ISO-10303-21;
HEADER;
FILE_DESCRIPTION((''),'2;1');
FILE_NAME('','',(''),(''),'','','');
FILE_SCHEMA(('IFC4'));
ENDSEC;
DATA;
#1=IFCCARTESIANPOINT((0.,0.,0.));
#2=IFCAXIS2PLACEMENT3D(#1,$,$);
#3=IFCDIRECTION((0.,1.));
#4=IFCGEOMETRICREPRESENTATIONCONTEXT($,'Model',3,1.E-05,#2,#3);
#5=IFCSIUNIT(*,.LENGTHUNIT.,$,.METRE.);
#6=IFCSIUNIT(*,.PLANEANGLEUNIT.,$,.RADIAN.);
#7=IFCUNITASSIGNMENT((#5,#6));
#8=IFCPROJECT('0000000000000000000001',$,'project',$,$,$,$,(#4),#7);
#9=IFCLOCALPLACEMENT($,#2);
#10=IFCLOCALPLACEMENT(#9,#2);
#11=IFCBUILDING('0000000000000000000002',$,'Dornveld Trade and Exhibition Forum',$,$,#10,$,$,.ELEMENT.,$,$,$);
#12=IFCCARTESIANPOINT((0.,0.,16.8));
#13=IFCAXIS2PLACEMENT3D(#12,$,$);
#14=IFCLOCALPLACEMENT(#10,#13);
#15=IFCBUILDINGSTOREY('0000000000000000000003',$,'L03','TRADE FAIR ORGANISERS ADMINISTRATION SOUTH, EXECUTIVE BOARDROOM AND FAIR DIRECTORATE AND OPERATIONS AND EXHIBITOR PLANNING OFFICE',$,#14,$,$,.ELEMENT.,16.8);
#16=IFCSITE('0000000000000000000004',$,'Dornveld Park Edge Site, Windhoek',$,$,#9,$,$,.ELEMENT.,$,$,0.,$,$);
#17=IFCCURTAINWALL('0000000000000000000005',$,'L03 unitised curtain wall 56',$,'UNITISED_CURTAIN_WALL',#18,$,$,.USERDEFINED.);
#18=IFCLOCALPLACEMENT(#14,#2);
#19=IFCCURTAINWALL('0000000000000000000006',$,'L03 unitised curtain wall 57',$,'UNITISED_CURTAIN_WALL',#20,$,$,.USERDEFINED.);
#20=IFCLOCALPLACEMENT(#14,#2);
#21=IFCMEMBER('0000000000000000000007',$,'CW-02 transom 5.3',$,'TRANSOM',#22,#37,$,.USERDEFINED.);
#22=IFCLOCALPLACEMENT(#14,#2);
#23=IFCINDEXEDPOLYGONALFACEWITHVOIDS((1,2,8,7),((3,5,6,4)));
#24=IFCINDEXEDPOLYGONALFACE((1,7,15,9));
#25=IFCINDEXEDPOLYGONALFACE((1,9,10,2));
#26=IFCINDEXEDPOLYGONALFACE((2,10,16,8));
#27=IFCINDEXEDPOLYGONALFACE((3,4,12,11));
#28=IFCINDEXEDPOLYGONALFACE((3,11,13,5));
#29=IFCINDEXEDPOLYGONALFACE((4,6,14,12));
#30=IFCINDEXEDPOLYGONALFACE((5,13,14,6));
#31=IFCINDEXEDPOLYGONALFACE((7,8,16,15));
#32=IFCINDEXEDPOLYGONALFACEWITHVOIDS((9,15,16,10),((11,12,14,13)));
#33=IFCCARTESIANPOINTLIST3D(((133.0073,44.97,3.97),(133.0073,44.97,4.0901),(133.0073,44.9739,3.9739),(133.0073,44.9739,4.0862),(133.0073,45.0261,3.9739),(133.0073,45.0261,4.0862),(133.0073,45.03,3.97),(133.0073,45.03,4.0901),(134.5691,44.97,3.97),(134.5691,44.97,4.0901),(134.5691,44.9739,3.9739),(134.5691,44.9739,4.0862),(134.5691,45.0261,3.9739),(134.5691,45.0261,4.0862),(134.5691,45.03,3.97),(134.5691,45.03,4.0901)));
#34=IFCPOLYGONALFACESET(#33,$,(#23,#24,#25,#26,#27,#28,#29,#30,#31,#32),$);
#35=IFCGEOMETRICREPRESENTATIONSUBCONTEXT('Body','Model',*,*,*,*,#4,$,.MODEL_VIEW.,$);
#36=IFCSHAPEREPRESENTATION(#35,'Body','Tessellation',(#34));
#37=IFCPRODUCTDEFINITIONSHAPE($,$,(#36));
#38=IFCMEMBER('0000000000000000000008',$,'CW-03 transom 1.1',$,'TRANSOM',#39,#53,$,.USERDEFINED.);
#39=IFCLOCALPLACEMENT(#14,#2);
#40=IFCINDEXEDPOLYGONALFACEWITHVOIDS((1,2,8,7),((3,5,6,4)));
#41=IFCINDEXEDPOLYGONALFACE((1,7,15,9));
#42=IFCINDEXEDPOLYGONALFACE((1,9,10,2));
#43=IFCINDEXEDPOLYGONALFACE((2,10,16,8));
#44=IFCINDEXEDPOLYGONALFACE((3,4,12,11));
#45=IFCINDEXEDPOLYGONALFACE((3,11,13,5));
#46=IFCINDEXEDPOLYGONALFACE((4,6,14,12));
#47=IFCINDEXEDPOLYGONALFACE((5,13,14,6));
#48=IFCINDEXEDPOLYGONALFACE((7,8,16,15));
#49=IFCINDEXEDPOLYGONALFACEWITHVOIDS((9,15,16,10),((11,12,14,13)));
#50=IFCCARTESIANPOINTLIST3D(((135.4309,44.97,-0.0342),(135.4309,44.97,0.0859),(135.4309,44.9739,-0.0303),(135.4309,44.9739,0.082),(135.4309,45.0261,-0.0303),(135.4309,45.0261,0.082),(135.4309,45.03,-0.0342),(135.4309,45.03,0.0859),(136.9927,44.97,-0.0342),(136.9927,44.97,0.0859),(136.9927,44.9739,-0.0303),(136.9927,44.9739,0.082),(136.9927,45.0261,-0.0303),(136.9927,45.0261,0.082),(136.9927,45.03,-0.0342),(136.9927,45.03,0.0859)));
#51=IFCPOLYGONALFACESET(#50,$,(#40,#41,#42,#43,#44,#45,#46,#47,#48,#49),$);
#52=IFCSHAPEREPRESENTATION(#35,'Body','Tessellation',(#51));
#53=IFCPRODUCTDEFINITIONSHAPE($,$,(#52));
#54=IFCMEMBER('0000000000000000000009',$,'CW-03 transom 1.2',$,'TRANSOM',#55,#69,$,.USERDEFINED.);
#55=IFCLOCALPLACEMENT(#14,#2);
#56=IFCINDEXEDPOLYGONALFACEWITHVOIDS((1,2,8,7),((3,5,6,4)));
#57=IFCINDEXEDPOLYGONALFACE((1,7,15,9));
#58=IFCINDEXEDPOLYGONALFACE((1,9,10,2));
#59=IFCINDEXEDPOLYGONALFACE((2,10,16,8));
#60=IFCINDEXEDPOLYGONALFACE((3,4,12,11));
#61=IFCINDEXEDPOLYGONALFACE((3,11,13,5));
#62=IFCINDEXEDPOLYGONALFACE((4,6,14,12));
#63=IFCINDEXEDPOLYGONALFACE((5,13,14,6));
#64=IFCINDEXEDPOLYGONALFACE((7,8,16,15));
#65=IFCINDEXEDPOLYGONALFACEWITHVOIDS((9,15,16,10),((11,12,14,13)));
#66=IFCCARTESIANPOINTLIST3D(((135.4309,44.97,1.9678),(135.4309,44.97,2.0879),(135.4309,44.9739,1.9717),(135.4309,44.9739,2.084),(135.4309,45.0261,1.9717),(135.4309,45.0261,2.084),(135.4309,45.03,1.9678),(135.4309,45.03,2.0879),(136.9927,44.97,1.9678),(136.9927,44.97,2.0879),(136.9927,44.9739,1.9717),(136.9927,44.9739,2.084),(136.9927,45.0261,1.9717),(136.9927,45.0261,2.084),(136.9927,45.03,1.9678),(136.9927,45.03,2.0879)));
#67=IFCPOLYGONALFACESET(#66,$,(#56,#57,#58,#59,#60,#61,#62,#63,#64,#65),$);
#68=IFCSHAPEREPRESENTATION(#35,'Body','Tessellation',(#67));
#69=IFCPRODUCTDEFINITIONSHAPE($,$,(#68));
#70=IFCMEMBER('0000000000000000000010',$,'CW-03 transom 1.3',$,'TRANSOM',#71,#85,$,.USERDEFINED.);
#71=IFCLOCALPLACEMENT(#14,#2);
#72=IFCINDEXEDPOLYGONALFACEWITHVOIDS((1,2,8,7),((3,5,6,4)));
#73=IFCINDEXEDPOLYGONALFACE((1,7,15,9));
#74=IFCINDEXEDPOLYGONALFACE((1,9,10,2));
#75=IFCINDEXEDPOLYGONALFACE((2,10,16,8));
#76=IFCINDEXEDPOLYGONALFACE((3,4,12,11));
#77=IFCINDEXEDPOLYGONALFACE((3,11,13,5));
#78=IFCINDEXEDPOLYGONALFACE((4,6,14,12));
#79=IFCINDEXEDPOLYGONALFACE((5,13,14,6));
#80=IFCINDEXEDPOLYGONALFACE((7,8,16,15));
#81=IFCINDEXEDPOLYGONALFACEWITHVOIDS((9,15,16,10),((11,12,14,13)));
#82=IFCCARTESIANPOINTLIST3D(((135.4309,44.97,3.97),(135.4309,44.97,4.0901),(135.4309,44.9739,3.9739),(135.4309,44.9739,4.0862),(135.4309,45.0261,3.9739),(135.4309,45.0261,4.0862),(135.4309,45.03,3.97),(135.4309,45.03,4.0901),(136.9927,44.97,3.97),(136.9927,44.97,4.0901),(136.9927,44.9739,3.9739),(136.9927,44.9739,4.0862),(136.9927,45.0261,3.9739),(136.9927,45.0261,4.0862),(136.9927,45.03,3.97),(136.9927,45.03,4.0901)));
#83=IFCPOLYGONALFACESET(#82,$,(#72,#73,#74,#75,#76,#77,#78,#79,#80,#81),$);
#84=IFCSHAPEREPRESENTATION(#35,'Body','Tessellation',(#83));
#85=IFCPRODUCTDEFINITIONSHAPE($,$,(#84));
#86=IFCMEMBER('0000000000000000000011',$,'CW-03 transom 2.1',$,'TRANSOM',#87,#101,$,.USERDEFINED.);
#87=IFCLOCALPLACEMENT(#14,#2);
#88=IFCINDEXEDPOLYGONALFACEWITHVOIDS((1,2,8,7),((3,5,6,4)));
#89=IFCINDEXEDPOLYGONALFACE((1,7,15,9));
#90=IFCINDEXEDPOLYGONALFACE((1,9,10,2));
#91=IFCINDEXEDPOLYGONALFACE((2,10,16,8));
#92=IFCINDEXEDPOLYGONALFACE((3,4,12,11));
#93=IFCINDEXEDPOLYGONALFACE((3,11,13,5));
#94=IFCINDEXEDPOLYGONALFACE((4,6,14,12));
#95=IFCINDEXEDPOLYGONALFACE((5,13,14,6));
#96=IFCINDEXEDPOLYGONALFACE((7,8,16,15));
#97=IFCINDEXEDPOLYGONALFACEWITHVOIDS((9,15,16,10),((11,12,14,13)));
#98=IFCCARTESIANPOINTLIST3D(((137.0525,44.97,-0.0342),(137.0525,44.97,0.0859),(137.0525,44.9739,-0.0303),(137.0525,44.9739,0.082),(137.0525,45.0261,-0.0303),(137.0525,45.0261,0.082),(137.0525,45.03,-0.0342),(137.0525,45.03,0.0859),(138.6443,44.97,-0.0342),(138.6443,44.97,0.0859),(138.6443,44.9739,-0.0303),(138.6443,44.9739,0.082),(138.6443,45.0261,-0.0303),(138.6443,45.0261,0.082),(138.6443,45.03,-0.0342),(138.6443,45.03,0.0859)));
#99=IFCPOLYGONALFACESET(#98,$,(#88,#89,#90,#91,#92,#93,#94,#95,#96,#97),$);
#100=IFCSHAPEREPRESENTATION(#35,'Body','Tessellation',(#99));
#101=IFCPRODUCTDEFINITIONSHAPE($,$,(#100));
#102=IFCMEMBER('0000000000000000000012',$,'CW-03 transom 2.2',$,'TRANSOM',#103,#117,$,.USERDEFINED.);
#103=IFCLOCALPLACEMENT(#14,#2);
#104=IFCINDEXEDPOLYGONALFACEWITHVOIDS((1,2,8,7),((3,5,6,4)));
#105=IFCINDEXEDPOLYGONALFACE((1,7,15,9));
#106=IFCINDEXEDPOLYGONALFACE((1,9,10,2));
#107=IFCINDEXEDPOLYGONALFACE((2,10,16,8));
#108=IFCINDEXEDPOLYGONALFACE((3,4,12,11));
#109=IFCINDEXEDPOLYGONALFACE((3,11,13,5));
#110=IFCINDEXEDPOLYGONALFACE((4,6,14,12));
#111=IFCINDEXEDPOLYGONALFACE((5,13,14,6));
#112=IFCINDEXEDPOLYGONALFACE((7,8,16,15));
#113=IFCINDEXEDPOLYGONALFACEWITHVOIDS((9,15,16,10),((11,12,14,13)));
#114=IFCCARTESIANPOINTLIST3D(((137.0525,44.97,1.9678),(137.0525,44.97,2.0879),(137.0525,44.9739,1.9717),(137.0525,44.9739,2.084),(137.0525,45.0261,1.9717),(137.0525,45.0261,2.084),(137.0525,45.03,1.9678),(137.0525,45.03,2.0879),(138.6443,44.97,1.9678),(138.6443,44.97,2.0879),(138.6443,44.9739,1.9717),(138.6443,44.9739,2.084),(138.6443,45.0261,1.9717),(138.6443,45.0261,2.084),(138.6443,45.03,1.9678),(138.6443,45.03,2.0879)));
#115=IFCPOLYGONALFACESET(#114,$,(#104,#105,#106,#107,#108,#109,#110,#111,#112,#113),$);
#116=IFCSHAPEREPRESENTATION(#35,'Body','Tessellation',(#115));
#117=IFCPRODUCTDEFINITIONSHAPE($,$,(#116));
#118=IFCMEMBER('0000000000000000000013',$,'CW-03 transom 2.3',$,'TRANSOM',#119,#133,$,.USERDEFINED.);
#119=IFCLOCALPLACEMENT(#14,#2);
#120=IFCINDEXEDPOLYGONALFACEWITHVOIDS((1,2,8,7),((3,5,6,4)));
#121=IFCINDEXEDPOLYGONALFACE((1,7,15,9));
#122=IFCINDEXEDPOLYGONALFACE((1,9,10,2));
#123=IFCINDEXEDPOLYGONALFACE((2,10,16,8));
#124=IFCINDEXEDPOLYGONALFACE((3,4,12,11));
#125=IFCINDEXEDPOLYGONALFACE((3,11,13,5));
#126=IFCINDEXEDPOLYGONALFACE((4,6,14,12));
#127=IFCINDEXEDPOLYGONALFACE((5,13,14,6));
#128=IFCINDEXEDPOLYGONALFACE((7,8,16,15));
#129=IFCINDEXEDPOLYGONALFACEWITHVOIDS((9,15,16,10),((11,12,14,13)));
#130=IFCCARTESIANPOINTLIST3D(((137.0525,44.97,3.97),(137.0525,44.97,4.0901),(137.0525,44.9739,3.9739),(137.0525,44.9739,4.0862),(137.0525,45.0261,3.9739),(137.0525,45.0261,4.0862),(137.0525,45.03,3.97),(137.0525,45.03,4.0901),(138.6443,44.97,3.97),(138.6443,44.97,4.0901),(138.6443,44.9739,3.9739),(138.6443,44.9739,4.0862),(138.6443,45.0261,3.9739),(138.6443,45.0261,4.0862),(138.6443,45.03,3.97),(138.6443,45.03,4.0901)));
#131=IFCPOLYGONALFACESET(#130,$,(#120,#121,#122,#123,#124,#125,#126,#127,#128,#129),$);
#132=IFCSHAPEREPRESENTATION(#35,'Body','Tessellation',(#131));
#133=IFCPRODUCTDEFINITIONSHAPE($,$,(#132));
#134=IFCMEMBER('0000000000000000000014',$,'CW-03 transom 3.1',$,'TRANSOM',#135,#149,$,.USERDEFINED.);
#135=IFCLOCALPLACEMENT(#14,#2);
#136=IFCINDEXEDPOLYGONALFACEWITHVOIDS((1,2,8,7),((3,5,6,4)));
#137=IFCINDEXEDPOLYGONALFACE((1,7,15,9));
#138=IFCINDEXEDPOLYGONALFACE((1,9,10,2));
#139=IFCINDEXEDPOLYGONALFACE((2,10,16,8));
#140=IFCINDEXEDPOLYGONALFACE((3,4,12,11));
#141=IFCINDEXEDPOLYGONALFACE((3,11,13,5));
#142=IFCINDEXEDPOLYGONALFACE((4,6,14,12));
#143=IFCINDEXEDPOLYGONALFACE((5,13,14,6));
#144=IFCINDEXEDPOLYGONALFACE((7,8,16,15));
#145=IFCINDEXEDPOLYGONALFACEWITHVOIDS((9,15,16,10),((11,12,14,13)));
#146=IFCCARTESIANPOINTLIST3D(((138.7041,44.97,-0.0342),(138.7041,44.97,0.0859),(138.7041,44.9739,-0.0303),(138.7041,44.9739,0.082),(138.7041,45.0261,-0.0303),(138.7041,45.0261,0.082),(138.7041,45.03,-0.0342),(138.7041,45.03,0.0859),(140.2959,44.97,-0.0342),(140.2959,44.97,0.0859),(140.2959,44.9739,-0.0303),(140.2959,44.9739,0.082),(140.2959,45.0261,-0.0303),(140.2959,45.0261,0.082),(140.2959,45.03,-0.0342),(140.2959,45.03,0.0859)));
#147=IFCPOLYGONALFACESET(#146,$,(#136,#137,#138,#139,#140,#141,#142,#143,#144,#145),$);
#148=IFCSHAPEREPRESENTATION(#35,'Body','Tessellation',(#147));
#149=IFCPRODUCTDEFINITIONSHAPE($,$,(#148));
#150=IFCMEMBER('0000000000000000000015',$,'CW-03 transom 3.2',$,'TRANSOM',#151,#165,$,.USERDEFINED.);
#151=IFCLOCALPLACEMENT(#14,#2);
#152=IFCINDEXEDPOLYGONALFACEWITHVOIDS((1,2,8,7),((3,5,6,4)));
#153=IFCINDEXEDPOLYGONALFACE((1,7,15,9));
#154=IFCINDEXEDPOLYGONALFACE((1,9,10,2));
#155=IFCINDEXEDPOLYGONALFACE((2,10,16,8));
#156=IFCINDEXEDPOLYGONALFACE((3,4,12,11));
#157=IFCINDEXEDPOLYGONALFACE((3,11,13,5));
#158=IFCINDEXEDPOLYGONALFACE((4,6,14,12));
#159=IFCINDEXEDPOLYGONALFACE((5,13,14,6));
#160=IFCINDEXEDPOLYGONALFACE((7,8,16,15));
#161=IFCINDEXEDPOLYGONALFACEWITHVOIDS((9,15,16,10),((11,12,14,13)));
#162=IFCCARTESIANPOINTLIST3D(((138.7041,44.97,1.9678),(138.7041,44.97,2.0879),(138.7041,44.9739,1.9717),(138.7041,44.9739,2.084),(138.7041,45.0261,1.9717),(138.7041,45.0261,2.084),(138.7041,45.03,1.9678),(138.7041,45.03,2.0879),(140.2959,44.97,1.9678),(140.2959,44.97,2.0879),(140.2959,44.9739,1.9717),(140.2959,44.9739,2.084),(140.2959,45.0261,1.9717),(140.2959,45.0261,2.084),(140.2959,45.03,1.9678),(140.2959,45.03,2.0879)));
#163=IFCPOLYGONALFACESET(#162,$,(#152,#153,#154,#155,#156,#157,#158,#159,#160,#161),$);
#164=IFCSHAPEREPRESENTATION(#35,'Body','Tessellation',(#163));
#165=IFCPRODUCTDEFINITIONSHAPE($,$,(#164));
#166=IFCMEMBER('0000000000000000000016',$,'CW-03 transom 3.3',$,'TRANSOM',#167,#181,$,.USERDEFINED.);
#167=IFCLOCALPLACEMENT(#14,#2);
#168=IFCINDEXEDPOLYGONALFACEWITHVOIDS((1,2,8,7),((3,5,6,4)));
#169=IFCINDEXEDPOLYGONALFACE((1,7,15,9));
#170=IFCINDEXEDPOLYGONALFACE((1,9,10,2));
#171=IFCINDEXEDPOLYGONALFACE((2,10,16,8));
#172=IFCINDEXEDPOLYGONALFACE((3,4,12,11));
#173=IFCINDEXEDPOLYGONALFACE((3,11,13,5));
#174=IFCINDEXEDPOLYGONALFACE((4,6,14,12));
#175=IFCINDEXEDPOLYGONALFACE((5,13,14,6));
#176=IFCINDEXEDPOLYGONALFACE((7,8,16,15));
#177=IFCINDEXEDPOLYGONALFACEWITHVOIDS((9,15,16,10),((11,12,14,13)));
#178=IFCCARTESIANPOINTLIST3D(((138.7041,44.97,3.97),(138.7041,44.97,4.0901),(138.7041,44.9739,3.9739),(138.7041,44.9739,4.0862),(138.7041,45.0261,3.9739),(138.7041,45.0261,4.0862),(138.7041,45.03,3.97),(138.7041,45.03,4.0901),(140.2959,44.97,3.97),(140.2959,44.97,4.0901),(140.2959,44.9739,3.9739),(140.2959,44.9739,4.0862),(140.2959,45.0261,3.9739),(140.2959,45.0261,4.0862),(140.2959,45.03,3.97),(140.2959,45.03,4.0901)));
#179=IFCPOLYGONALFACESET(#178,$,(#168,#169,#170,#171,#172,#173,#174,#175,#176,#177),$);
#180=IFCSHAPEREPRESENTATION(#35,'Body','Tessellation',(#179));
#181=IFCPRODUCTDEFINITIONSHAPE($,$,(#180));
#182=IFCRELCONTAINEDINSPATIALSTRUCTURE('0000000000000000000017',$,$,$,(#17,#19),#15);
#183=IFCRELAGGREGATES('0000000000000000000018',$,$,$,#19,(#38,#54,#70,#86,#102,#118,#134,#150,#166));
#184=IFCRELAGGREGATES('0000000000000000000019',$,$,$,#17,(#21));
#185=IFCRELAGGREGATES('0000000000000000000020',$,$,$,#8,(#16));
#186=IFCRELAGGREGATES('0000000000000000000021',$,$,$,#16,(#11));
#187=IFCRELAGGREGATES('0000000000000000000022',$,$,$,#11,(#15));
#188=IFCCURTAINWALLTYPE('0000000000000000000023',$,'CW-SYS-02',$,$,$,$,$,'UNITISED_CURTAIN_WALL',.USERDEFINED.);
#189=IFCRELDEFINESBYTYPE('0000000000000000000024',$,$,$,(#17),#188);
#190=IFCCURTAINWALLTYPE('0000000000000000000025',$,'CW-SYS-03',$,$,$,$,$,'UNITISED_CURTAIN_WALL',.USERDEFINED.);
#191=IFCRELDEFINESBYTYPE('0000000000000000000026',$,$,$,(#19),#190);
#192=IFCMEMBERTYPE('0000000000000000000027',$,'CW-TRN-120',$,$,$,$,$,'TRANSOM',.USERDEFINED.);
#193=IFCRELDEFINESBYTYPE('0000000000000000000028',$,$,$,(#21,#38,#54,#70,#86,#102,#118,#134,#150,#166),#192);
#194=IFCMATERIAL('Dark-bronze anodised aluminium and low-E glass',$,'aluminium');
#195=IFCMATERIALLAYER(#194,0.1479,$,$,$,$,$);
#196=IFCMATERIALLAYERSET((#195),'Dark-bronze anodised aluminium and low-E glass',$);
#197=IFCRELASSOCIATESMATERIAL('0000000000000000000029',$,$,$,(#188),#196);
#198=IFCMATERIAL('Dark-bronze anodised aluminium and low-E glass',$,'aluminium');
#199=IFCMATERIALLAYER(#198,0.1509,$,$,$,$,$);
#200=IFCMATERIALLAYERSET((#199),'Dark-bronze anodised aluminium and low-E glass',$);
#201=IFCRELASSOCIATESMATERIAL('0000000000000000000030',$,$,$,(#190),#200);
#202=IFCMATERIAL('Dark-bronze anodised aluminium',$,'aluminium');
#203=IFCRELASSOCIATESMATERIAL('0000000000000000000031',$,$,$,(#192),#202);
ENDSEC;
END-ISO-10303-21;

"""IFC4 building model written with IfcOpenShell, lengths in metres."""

from ifc_helpers import new_model, si_unit, direction, frame, origin, origin_2d, place, context, subcontext, project, spatial, hollow_rectangle, extrude, material, layer, layer_set, material_profile, profile_set, type_object, element, aggregate, save


model = new_model("IFC4")

# Units and contexts
model_context = context("Model", 3, precision=1e-05, world=origin(), true_north=direction((0.0, 1.0)))
body_context = subcontext(model_context, "Body", "Model", "MODEL_VIEW")
ifc_project = project(units=[si_unit("LENGTHUNIT", "METRE"), si_unit("PLANEANGLEUNIT", "RADIAN")], contexts=[model_context])

# Site, building, storey
site_placement = place(None, origin())
site = spatial("IfcSite", under=ifc_project, at=site_placement, Name="Dornveld Park Edge Site, Windhoek", CompositionType="ELEMENT", RefElevation=0.0)
building_placement = place(site_placement, origin())
building = spatial("IfcBuilding", under=site, at=building_placement, Name="Dornveld Trade and Exhibition Forum", CompositionType="ELEMENT")
storey_placement = place(building_placement, frame((0.0, 0.0, 16.8)))
storey = spatial("IfcBuildingStorey", under=building, at=storey_placement, Name="L03", Description="TRADE FAIR ORGANISERS ADMINISTRATION SOUTH, EXECUTIVE BOARDROOM AND FAIR DIRECTORATE AND OPERATIONS AND EXHIBITOR PLANNING OFFICE", CompositionType="ELEMENT", Elevation=16.8)

# Curtain walls
ifc_material_1 = material(Name="Dark-bronze anodised aluminium and low-E glass", Category="aluminium")
ifc_layer_1 = layer(ifc_material_1, 0.1479)
ifc_layer_set_1 = layer_set([ifc_layer_1], Name="Dark-bronze anodised aluminium and low-E glass")
curtain_wall_type_1 = type_object("IfcCurtainWallType", Name="CW-SYS-02", ElementType="UNITISED_CURTAIN_WALL", PredefinedType="USERDEFINED", material=ifc_layer_set_1)
curtain_wall_1_placement = place(storey_placement, origin())
curtain_wall_1 = element("IfcCurtainWall", 1, at=curtain_wall_1_placement, inside=storey, type_object=curtain_wall_type_1, Name="L03 unitised curtain wall 56", ObjectType="UNITISED_CURTAIN_WALL", PredefinedType="USERDEFINED")
ifc_material_2 = material(Name="Dark-bronze anodised aluminium and low-E glass", Category="aluminium")
ifc_layer_2 = layer(ifc_material_2, 0.1509)
ifc_layer_set_2 = layer_set([ifc_layer_2], Name="Dark-bronze anodised aluminium and low-E glass")
curtain_wall_type_2 = type_object("IfcCurtainWallType", Name="CW-SYS-03", ElementType="UNITISED_CURTAIN_WALL", PredefinedType="USERDEFINED", material=ifc_layer_set_2)
curtain_wall_2_placement = place(storey_placement, origin())
curtain_wall_2 = element("IfcCurtainWall", 2, at=curtain_wall_2_placement, inside=storey, type_object=curtain_wall_type_2, Name="L03 unitised curtain wall 57", ObjectType="UNITISED_CURTAIN_WALL", PredefinedType="USERDEFINED")

# Members
ifc_material_3 = material(Name="Dark-bronze anodised aluminium", Category="aluminium")
ifc_material_profile_1 = material_profile(ifc_material_3, hollow_rectangle(XDim=0.0601, YDim=0.1201, WallThickness=0.0039, at=origin_2d()), Name="RHS 120x60x4")
ifc_profile_set_1 = profile_set([ifc_material_profile_1], Name="Dark-bronze anodised aluminium")
member_type_1 = type_object("IfcMemberType", Name="CW-TRN-120", ElementType="TRANSOM", PredefinedType="USERDEFINED", material=ifc_profile_set_1)
member_1_placement = place(storey_placement, frame((133.0073, 45.0, 4.03), z_axis=(1.0, 0.0, 0.0), x_axis=(0.0, 1.0, 0.0)))
member_1 = element("IfcMember", 3, at=member_1_placement, type_object=member_type_1, Name="CW-02 transom 5.3", ObjectType="TRANSOM", PredefinedType="USERDEFINED", context=body_context, shape_type="SweptSolid", body=[
    extrude(hollow_rectangle(XDim=0.0601, YDim=0.1201, WallThickness=0.0039, at=origin_2d()), origin(), (0.0, 0.0, 1.0), 1.5618),
])
member_2_placement = place(storey_placement, frame((135.4309, 45.0, 0.0259), z_axis=(1.0, 0.0, 0.0), x_axis=(0.0, 1.0, 0.0)))
member_2 = element("IfcMember", 4, at=member_2_placement, type_object=member_type_1, Name="CW-03 transom 1.1", ObjectType="TRANSOM", PredefinedType="USERDEFINED", context=body_context, shape_type="SweptSolid", body=[
    extrude(hollow_rectangle(XDim=0.0601, YDim=0.1201, WallThickness=0.0039, at=origin_2d()), origin(), (0.0, 0.0, 1.0), 1.5618),
])
member_3_placement = place(storey_placement, frame((135.4309, 45.0, 2.0278), z_axis=(1.0, 0.0, 0.0), x_axis=(0.0, 1.0, 0.0)))
member_3 = element("IfcMember", 5, at=member_3_placement, type_object=member_type_1, Name="CW-03 transom 1.2", ObjectType="TRANSOM", PredefinedType="USERDEFINED", context=body_context, shape_type="SweptSolid", body=[
    extrude(hollow_rectangle(XDim=0.0601, YDim=0.1201, WallThickness=0.0039, at=origin_2d()), origin(), (0.0, 0.0, 1.0), 1.5618),
])
member_4_placement = place(storey_placement, frame((135.4309, 45.0, 4.03), z_axis=(1.0, 0.0, 0.0), x_axis=(0.0, 1.0, 0.0)))
member_4 = element("IfcMember", 6, at=member_4_placement, type_object=member_type_1, Name="CW-03 transom 1.3", ObjectType="TRANSOM", PredefinedType="USERDEFINED", context=body_context, shape_type="SweptSolid", body=[
    extrude(hollow_rectangle(XDim=0.0601, YDim=0.1201, WallThickness=0.0039, at=origin_2d()), origin(), (0.0, 0.0, 1.0), 1.5618),
])
member_5_placement = place(storey_placement, frame((137.0525, 45.0, 0.0259), z_axis=(1.0, 0.0, 0.0), x_axis=(0.0, 1.0, 0.0)))
member_5 = element("IfcMember", 7, at=member_5_placement, type_object=member_type_1, Name="CW-03 transom 2.1", ObjectType="TRANSOM", PredefinedType="USERDEFINED", context=body_context, shape_type="SweptSolid", body=[
    extrude(hollow_rectangle(XDim=0.0601, YDim=0.1201, WallThickness=0.0039, at=origin_2d()), origin(), (0.0, 0.0, 1.0), 1.5918),
])
member_6_placement = place(storey_placement, frame((137.0525, 45.0, 2.0278), z_axis=(1.0, 0.0, 0.0), x_axis=(0.0, 1.0, 0.0)))
member_6 = element("IfcMember", 8, at=member_6_placement, type_object=member_type_1, Name="CW-03 transom 2.2", ObjectType="TRANSOM", PredefinedType="USERDEFINED", context=body_context, shape_type="SweptSolid", body=[
    extrude(hollow_rectangle(XDim=0.0601, YDim=0.1201, WallThickness=0.0039, at=origin_2d()), origin(), (0.0, 0.0, 1.0), 1.5918),
])
member_7_placement = place(storey_placement, frame((137.0525, 45.0, 4.03), z_axis=(1.0, 0.0, 0.0), x_axis=(0.0, 1.0, 0.0)))
member_7 = element("IfcMember", 9, at=member_7_placement, type_object=member_type_1, Name="CW-03 transom 2.3", ObjectType="TRANSOM", PredefinedType="USERDEFINED", context=body_context, shape_type="SweptSolid", body=[
    extrude(hollow_rectangle(XDim=0.0601, YDim=0.1201, WallThickness=0.0039, at=origin_2d()), origin(), (0.0, 0.0, 1.0), 1.5918),
])
member_8_placement = place(storey_placement, frame((138.7041, 45.0, 0.0259), z_axis=(1.0, 0.0, 0.0), x_axis=(0.0, 1.0, 0.0)))
member_8 = element("IfcMember", 10, at=member_8_placement, type_object=member_type_1, Name="CW-03 transom 3.1", ObjectType="TRANSOM", PredefinedType="USERDEFINED", context=body_context, shape_type="SweptSolid", body=[
    extrude(hollow_rectangle(XDim=0.0601, YDim=0.1201, WallThickness=0.0039, at=origin_2d()), origin(), (0.0, 0.0, 1.0), 1.5918),
])
member_9_placement = place(storey_placement, frame((138.7041, 45.0, 2.0278), z_axis=(1.0, 0.0, 0.0), x_axis=(0.0, 1.0, 0.0)))
member_9 = element("IfcMember", 11, at=member_9_placement, type_object=member_type_1, Name="CW-03 transom 3.2", ObjectType="TRANSOM", PredefinedType="USERDEFINED", context=body_context, shape_type="SweptSolid", body=[
    extrude(hollow_rectangle(XDim=0.0601, YDim=0.1201, WallThickness=0.0039, at=origin_2d()), origin(), (0.0, 0.0, 1.0), 1.5918),
])
member_10_placement = place(storey_placement, frame((138.7041, 45.0, 4.03), z_axis=(1.0, 0.0, 0.0), x_axis=(0.0, 1.0, 0.0)))
member_10 = element("IfcMember", 12, at=member_10_placement, type_object=member_type_1, Name="CW-03 transom 3.3", ObjectType="TRANSOM", PredefinedType="USERDEFINED", context=body_context, shape_type="SweptSolid", body=[
    extrude(hollow_rectangle(XDim=0.0601, YDim=0.1201, WallThickness=0.0039, at=origin_2d()), origin(), (0.0, 0.0, 1.0), 1.5918),
])

aggregate(curtain_wall_2, [member_2, member_3, member_4, member_5, member_6, member_7, member_8, member_9, member_10])
aggregate(curtain_wall_1, [member_1])

save(model, "model.ifc")
